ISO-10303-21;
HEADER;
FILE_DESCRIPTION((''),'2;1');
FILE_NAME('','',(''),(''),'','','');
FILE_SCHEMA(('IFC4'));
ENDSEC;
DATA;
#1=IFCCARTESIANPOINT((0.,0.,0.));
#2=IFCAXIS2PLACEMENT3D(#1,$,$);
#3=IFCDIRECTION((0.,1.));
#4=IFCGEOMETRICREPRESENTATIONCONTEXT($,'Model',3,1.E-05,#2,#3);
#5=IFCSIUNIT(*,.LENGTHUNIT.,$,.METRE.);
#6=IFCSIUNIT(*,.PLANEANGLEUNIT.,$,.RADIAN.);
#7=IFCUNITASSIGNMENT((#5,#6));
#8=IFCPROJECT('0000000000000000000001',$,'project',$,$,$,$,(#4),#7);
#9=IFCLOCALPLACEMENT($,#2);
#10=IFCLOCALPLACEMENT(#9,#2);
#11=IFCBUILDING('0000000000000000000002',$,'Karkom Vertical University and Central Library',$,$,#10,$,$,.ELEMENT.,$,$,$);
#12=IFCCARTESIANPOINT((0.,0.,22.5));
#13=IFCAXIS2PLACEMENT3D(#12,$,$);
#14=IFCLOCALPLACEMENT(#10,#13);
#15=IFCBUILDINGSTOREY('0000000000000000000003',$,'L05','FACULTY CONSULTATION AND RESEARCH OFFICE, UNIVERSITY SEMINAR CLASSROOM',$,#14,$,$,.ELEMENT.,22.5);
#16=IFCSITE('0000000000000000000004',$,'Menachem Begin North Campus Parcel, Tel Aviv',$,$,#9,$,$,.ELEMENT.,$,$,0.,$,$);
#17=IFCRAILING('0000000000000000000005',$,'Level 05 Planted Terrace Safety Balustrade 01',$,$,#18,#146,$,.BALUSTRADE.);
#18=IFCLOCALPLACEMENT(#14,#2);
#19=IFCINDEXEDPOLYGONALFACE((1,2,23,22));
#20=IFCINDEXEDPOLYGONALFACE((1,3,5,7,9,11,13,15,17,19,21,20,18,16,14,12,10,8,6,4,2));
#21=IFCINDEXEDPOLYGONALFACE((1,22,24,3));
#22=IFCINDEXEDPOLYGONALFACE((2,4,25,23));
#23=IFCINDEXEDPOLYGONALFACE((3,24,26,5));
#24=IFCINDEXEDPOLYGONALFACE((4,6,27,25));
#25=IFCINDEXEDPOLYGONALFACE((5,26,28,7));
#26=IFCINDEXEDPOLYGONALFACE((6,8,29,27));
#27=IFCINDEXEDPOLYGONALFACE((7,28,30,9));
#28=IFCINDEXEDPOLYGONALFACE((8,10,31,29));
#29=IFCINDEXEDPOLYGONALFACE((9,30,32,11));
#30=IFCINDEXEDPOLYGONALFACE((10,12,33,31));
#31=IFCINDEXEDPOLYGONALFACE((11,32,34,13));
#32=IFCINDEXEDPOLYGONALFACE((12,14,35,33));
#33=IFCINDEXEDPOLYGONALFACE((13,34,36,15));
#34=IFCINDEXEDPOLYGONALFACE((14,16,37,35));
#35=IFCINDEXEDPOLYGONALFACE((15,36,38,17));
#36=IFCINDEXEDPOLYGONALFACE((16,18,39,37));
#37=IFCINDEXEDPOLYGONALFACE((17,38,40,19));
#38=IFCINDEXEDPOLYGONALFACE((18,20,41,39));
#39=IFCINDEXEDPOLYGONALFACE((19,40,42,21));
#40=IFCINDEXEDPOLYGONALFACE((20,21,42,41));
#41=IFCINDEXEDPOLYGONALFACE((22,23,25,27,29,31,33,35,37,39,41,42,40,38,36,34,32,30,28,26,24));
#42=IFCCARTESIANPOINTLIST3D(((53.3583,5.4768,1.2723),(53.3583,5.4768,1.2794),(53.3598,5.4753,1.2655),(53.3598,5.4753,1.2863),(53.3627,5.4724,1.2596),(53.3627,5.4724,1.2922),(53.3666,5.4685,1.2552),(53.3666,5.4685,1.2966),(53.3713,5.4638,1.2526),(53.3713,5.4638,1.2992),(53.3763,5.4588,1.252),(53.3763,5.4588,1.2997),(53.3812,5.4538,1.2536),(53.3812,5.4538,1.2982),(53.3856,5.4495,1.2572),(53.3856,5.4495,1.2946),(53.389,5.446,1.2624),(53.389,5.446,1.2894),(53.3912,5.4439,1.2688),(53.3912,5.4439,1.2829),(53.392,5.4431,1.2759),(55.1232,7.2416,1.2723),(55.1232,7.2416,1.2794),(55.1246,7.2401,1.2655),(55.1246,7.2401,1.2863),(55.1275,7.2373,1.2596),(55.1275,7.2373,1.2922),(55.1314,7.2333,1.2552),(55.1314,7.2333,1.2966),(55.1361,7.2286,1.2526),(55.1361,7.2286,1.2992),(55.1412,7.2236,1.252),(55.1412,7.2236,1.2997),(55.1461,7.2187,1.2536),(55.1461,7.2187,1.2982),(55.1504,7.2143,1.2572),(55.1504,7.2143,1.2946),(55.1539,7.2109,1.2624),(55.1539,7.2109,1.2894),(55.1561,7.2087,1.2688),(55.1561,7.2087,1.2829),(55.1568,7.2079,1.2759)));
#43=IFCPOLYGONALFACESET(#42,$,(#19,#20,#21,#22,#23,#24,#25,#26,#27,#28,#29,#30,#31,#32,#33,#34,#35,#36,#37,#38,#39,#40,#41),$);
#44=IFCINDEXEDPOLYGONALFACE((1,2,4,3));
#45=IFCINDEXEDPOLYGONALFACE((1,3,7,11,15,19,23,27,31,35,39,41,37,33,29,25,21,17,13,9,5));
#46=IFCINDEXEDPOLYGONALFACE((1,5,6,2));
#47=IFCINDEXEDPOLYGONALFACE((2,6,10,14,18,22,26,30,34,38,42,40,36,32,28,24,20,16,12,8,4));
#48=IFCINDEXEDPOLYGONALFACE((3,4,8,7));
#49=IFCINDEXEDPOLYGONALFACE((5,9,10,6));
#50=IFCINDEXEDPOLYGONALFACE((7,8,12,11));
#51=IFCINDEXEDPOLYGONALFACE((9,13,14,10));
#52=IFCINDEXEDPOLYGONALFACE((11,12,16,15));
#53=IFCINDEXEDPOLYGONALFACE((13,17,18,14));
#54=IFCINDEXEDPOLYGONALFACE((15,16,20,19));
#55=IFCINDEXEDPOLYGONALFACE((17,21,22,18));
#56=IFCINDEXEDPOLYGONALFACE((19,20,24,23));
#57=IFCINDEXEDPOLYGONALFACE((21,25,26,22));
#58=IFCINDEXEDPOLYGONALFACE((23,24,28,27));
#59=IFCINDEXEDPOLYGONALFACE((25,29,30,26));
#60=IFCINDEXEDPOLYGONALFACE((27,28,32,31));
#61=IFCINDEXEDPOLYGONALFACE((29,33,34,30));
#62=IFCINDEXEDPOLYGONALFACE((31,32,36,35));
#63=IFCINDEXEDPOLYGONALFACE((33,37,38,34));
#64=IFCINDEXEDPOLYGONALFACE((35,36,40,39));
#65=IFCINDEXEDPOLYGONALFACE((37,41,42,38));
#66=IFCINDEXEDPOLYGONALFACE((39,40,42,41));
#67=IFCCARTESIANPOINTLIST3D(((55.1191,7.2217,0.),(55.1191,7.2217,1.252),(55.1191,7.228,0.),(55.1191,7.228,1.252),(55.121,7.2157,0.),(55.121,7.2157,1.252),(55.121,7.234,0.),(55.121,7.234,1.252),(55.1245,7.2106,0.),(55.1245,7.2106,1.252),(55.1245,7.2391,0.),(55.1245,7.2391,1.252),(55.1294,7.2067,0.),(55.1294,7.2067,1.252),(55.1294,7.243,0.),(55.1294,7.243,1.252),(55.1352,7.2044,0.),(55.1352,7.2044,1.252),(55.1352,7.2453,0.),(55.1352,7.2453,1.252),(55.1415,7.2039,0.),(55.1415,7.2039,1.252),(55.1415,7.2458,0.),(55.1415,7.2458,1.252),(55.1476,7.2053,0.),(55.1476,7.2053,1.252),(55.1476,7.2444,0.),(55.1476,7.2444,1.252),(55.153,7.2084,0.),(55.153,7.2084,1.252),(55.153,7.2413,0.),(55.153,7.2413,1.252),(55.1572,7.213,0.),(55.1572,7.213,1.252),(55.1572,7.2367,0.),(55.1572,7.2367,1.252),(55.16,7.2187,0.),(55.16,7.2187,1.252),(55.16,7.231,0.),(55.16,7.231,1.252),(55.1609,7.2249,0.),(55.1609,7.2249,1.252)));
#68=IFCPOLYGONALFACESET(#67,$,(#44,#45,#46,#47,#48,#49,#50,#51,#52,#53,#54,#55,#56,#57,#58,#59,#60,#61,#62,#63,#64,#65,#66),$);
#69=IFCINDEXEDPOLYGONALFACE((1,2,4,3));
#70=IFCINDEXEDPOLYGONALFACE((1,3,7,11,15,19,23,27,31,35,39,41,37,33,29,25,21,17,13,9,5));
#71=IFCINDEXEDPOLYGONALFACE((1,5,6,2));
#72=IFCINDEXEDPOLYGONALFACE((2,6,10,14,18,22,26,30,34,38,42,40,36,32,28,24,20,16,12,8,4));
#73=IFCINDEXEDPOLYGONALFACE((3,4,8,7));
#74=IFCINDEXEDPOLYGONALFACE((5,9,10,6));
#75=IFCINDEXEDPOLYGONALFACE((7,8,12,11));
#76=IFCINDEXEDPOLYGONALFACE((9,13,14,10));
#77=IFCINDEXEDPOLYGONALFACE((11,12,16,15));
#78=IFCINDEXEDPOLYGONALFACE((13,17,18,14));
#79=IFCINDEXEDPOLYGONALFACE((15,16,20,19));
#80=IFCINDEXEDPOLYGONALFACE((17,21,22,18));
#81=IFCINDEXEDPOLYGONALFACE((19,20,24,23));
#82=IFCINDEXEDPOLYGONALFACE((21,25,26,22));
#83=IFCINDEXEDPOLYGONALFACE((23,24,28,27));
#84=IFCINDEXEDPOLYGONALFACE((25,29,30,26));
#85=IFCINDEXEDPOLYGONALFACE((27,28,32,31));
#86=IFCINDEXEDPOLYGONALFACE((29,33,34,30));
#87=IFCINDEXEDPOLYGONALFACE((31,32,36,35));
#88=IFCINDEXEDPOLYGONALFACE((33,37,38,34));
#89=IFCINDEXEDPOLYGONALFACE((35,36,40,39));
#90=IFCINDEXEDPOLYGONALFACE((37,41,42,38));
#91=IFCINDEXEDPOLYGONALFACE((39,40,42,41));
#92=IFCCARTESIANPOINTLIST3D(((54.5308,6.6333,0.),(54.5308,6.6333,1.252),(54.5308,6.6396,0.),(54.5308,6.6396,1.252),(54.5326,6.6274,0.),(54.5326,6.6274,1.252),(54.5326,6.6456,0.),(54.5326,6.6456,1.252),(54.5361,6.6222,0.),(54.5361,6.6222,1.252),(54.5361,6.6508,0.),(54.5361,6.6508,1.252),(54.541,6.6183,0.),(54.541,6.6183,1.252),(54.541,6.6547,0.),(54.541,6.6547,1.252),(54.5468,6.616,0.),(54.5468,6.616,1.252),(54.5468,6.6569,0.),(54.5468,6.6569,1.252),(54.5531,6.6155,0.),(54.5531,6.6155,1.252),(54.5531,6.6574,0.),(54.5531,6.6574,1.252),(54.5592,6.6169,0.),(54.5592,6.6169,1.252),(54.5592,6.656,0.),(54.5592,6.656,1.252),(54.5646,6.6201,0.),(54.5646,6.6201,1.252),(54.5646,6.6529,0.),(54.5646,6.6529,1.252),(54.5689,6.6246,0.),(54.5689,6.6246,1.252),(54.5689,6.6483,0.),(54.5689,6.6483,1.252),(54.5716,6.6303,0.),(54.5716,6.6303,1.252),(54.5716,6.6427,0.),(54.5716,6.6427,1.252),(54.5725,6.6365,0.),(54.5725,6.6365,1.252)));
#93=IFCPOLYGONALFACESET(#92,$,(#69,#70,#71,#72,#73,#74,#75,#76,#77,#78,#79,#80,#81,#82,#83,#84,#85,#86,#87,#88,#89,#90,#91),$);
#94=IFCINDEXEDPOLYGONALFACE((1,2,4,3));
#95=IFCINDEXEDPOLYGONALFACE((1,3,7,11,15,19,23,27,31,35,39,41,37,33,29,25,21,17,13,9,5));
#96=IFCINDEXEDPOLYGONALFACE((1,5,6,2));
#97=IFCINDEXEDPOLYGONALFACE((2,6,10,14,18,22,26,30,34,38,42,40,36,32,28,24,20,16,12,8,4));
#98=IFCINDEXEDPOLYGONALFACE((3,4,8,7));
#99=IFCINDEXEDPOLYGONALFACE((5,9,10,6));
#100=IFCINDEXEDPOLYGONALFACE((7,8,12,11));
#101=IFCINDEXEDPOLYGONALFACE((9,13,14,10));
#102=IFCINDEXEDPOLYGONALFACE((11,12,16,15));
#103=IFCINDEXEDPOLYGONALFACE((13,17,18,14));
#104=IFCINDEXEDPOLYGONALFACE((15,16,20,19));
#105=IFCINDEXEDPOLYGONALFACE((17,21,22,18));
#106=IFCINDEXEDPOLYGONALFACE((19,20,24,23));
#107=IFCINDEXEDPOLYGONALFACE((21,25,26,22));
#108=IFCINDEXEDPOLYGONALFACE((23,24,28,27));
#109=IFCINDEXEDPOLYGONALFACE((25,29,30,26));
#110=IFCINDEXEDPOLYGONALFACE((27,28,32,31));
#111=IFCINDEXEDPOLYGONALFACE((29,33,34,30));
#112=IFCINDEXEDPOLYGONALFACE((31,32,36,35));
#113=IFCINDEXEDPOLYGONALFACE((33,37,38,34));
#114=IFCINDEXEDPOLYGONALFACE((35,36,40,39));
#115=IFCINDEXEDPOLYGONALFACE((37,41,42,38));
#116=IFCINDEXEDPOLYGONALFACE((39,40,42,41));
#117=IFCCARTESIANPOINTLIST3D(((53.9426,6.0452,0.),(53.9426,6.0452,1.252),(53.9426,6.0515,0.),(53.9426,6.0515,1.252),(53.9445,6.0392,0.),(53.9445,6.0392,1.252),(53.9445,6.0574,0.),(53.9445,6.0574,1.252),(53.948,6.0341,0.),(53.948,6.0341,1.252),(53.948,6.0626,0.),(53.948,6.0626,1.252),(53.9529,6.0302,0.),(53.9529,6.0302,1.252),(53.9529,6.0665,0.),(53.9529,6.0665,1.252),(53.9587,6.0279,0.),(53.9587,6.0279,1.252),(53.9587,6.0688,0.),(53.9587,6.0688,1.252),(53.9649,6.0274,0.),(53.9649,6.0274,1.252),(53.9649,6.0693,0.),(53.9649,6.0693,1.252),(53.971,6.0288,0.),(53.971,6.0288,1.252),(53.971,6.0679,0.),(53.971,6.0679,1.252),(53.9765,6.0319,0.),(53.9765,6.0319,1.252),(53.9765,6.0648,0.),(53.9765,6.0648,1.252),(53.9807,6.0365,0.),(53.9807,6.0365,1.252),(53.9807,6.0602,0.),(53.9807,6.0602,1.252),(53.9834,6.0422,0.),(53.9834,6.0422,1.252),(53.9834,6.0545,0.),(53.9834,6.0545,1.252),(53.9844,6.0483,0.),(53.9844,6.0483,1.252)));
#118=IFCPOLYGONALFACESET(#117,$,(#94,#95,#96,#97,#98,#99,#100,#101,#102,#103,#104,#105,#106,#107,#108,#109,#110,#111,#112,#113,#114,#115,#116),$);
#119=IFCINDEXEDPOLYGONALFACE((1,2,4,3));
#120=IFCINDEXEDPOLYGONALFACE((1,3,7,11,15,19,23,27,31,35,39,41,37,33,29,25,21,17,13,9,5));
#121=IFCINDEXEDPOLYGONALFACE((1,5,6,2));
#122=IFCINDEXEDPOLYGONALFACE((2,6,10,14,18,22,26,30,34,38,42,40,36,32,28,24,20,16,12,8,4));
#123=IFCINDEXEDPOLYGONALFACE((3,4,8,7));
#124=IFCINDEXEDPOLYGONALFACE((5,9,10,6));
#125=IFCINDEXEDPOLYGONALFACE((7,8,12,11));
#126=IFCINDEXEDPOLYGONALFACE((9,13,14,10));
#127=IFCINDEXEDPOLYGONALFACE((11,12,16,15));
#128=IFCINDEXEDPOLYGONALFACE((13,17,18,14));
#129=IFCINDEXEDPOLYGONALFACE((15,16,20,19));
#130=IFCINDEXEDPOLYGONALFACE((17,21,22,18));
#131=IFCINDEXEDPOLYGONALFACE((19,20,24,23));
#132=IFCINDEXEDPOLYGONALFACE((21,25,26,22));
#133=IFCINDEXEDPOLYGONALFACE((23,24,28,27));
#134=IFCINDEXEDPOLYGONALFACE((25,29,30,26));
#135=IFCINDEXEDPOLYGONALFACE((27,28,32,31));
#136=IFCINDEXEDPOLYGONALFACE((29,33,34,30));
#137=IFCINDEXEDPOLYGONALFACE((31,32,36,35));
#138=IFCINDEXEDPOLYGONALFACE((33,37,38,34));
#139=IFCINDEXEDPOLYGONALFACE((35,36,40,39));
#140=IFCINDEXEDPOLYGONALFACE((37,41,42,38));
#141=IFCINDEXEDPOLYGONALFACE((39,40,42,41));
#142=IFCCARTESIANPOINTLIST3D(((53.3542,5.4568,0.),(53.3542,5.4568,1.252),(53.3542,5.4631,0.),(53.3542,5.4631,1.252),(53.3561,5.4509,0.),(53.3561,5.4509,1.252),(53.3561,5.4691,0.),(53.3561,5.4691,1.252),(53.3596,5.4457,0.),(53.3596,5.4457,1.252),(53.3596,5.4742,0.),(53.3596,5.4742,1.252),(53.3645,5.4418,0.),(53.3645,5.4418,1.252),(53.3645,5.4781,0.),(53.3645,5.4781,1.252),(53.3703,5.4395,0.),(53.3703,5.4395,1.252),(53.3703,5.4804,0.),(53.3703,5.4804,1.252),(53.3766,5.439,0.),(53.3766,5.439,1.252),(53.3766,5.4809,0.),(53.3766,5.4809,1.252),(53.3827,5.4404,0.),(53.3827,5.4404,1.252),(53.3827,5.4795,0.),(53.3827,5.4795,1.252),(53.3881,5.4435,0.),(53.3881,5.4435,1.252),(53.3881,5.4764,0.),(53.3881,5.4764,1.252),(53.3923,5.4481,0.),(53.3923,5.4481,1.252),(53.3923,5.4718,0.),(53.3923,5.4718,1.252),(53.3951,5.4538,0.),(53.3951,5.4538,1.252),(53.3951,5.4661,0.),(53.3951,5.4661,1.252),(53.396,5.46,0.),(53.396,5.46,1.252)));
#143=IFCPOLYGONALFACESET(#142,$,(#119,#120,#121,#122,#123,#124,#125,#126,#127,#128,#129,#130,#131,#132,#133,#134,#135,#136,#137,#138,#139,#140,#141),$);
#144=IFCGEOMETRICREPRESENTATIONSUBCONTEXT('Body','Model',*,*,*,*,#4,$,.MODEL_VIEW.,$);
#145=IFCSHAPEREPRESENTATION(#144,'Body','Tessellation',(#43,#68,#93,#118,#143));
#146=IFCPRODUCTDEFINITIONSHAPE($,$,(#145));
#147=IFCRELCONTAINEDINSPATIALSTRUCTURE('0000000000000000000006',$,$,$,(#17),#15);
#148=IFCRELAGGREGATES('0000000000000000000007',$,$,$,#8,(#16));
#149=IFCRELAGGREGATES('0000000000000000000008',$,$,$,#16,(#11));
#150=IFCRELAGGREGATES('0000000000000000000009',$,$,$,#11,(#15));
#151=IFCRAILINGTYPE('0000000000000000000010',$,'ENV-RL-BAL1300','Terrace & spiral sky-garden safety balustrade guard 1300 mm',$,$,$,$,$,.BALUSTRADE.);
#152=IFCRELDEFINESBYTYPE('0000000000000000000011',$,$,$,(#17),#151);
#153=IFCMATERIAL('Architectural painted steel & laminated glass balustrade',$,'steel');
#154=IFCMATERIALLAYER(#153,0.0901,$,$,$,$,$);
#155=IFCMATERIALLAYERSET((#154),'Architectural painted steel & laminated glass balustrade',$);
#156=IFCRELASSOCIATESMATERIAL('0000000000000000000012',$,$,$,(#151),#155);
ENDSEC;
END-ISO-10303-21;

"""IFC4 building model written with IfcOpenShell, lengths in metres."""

from ifc_helpers import new_model, si_unit, direction, frame, origin, origin_2d, place, context, subcontext, project, spatial, circle, extrude, material, layer, layer_set, type_object, element, save


model = new_model("IFC4")

# Units and contexts
model_context = context("Model", 3, precision=1e-05, world=origin(), true_north=direction((0.0, 1.0)))
body_context = subcontext(model_context, "Body", "Model", "MODEL_VIEW")
ifc_project = project(units=[si_unit("LENGTHUNIT", "METRE"), si_unit("PLANEANGLEUNIT", "RADIAN")], contexts=[model_context])

# Site, building, storey
site_placement = place(None, origin())
site = spatial("IfcSite", under=ifc_project, at=site_placement, Name="Menachem Begin North Campus Parcel, Tel Aviv", CompositionType="ELEMENT", RefElevation=0.0)
building_placement = place(site_placement, origin())
building = spatial("IfcBuilding", under=site, at=building_placement, Name="Karkom Vertical University and Central Library", CompositionType="ELEMENT")
storey_placement = place(building_placement, frame((0.0, 0.0, 22.5)))
storey = spatial("IfcBuildingStorey", under=building, at=storey_placement, Name="L05", Description="FACULTY CONSULTATION AND RESEARCH OFFICE, UNIVERSITY SEMINAR CLASSROOM", CompositionType="ELEMENT", Elevation=22.5)

# Railing
ifc_material_1 = material(Name="Architectural painted steel & laminated glass balustrade", Category="steel")
ifc_layer_1 = layer(ifc_material_1, 0.0901)
ifc_layer_set_1 = layer_set([ifc_layer_1], Name="Architectural painted steel & laminated glass balustrade")
railing_type = type_object("IfcRailingType", Name="ENV-RL-BAL1300", Description="Terrace & spiral sky-garden safety balustrade guard 1300 mm", PredefinedType="BALUSTRADE", material=ifc_layer_set_1)
railing_1_placement = place(storey_placement, frame((55.1399, 7.2249, 0.0)))
element("IfcRailing", 1, at=railing_1_placement, inside=storey, type_object=railing_type, Name="Level 05 Planted Terrace Safety Balustrade 01", PredefinedType="BALUSTRADE", context=body_context, shape_type="SweptSolid", body=[
    extrude(circle(Radius=0.0239, at=origin_2d()), frame((0.0, 0.0, 1.2759), z_axis=(-0.707107, -0.707107, 0.0), x_axis=(0.707107, -0.707107, 0.0)), (0.0, 0.0, 1.0), 2.4958),
    extrude(circle(Radius=0.021, at=origin_2d()), origin(), (0.0, 0.0, 1.0), 1.252),
    extrude(circle(Radius=0.021, at=origin_2d()), frame((-0.5884, -0.5884, 0.0)), (0.0, 0.0, 1.0), 1.252),
    extrude(circle(Radius=0.021, at=origin_2d()), frame((-1.1765, -1.1765, 0.0)), (0.0, 0.0, 1.0), 1.252),
    extrude(circle(Radius=0.021, at=origin_2d()), frame((-1.7649, -1.7649, 0.0)), (0.0, 0.0, 1.0), 1.252),
])

save(model, "model.ifc")
